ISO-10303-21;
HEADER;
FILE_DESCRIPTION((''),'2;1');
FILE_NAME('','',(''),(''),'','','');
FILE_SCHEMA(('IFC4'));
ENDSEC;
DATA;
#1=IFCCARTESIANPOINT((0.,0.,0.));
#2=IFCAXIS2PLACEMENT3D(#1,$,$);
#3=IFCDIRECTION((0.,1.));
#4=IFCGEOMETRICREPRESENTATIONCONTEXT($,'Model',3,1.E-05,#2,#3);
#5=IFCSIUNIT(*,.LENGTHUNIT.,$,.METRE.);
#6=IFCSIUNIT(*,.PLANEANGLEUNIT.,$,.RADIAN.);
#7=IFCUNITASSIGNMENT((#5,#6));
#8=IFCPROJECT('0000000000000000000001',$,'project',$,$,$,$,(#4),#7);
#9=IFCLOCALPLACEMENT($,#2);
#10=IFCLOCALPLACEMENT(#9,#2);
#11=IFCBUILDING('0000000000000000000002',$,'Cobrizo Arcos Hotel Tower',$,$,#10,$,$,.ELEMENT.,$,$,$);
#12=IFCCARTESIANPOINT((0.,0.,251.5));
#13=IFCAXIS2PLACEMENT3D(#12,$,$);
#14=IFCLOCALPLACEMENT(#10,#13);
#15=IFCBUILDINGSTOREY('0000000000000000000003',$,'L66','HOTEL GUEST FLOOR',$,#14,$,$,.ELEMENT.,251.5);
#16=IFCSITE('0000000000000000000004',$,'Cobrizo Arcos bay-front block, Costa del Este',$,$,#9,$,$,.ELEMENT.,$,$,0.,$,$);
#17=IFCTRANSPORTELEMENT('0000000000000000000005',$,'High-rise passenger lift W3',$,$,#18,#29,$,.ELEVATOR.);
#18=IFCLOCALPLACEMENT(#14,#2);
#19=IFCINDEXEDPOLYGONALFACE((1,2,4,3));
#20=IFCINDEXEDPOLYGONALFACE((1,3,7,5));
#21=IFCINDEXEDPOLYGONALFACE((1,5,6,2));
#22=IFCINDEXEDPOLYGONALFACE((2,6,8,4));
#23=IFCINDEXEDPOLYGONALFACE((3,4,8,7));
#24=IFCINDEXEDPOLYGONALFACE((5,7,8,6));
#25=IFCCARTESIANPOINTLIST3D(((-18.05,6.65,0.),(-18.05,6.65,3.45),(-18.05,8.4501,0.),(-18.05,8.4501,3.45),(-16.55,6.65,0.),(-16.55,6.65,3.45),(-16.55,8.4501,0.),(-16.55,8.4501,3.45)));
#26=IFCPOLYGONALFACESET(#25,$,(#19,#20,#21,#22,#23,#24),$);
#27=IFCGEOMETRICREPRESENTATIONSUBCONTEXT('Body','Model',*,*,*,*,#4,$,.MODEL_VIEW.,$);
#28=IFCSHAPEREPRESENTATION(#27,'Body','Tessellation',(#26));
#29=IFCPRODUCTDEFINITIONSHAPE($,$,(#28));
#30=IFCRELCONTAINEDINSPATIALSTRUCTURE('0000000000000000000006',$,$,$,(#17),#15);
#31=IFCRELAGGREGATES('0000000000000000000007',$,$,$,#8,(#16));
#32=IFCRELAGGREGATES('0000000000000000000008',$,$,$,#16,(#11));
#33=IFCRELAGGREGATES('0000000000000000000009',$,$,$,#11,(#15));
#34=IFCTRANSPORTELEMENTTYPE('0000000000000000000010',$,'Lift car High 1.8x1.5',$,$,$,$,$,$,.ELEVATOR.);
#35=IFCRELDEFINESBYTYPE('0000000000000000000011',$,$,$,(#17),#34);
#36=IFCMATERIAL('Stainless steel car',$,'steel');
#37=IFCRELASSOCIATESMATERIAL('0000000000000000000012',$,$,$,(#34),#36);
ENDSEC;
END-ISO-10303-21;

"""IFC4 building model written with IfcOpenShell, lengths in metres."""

from ifc_helpers import new_model, si_unit, direction, frame, origin, origin_2d, place, context, subcontext, project, spatial, rectangle, extrude, material, type_object, element, save


model = new_model("IFC4")

# Units and contexts
model_context = context("Model", 3, precision=1e-05, world=origin(), true_north=direction((0.0, 1.0)))
body_context = subcontext(model_context, "Body", "Model", "MODEL_VIEW")
ifc_project = project(units=[si_unit("LENGTHUNIT", "METRE"), si_unit("PLANEANGLEUNIT", "RADIAN")], contexts=[model_context])

# Site, building, storey
site_placement = place(None, origin())
site = spatial("IfcSite", under=ifc_project, at=site_placement, Name="Cobrizo Arcos bay-front block, Costa del Este", CompositionType="ELEMENT", RefElevation=0.0)
building_placement = place(site_placement, origin())
building = spatial("IfcBuilding", under=site, at=building_placement, Name="Cobrizo Arcos Hotel Tower", CompositionType="ELEMENT")
storey_placement = place(building_placement, frame((0.0, 0.0, 251.5)))
storey = spatial("IfcBuildingStorey", under=building, at=storey_placement, Name="L66", Description="HOTEL GUEST FLOOR", CompositionType="ELEMENT", Elevation=251.5)

# Transport element
ifc_material_1 = material(Name="Stainless steel car", Category="steel")
transport_element_type = type_object("IfcTransportElementType", Name="Lift car High 1.8x1.5", PredefinedType="ELEVATOR", material=ifc_material_1)
for number, where, z_axis, x_axis, name in (
    (1, (-17.3, 7.55, 0.0), (0.0, 0.0, 1.0), (1.0, 0.0, 0.0), "High-rise passenger lift W3"),
):
    element("IfcTransportElement", number, at=place(storey_placement, frame(where, z_axis=z_axis, x_axis=x_axis)), inside=storey, type_object=transport_element_type, Name=name, PredefinedType="ELEVATOR", context=body_context, shape_type="SweptSolid", body=[
        extrude(rectangle(XDim=1.5, YDim=1.8, at=origin_2d()), origin(), (0.0, 0.0, 1.0), 3.45),
    ])

save(model, "model.ifc")
